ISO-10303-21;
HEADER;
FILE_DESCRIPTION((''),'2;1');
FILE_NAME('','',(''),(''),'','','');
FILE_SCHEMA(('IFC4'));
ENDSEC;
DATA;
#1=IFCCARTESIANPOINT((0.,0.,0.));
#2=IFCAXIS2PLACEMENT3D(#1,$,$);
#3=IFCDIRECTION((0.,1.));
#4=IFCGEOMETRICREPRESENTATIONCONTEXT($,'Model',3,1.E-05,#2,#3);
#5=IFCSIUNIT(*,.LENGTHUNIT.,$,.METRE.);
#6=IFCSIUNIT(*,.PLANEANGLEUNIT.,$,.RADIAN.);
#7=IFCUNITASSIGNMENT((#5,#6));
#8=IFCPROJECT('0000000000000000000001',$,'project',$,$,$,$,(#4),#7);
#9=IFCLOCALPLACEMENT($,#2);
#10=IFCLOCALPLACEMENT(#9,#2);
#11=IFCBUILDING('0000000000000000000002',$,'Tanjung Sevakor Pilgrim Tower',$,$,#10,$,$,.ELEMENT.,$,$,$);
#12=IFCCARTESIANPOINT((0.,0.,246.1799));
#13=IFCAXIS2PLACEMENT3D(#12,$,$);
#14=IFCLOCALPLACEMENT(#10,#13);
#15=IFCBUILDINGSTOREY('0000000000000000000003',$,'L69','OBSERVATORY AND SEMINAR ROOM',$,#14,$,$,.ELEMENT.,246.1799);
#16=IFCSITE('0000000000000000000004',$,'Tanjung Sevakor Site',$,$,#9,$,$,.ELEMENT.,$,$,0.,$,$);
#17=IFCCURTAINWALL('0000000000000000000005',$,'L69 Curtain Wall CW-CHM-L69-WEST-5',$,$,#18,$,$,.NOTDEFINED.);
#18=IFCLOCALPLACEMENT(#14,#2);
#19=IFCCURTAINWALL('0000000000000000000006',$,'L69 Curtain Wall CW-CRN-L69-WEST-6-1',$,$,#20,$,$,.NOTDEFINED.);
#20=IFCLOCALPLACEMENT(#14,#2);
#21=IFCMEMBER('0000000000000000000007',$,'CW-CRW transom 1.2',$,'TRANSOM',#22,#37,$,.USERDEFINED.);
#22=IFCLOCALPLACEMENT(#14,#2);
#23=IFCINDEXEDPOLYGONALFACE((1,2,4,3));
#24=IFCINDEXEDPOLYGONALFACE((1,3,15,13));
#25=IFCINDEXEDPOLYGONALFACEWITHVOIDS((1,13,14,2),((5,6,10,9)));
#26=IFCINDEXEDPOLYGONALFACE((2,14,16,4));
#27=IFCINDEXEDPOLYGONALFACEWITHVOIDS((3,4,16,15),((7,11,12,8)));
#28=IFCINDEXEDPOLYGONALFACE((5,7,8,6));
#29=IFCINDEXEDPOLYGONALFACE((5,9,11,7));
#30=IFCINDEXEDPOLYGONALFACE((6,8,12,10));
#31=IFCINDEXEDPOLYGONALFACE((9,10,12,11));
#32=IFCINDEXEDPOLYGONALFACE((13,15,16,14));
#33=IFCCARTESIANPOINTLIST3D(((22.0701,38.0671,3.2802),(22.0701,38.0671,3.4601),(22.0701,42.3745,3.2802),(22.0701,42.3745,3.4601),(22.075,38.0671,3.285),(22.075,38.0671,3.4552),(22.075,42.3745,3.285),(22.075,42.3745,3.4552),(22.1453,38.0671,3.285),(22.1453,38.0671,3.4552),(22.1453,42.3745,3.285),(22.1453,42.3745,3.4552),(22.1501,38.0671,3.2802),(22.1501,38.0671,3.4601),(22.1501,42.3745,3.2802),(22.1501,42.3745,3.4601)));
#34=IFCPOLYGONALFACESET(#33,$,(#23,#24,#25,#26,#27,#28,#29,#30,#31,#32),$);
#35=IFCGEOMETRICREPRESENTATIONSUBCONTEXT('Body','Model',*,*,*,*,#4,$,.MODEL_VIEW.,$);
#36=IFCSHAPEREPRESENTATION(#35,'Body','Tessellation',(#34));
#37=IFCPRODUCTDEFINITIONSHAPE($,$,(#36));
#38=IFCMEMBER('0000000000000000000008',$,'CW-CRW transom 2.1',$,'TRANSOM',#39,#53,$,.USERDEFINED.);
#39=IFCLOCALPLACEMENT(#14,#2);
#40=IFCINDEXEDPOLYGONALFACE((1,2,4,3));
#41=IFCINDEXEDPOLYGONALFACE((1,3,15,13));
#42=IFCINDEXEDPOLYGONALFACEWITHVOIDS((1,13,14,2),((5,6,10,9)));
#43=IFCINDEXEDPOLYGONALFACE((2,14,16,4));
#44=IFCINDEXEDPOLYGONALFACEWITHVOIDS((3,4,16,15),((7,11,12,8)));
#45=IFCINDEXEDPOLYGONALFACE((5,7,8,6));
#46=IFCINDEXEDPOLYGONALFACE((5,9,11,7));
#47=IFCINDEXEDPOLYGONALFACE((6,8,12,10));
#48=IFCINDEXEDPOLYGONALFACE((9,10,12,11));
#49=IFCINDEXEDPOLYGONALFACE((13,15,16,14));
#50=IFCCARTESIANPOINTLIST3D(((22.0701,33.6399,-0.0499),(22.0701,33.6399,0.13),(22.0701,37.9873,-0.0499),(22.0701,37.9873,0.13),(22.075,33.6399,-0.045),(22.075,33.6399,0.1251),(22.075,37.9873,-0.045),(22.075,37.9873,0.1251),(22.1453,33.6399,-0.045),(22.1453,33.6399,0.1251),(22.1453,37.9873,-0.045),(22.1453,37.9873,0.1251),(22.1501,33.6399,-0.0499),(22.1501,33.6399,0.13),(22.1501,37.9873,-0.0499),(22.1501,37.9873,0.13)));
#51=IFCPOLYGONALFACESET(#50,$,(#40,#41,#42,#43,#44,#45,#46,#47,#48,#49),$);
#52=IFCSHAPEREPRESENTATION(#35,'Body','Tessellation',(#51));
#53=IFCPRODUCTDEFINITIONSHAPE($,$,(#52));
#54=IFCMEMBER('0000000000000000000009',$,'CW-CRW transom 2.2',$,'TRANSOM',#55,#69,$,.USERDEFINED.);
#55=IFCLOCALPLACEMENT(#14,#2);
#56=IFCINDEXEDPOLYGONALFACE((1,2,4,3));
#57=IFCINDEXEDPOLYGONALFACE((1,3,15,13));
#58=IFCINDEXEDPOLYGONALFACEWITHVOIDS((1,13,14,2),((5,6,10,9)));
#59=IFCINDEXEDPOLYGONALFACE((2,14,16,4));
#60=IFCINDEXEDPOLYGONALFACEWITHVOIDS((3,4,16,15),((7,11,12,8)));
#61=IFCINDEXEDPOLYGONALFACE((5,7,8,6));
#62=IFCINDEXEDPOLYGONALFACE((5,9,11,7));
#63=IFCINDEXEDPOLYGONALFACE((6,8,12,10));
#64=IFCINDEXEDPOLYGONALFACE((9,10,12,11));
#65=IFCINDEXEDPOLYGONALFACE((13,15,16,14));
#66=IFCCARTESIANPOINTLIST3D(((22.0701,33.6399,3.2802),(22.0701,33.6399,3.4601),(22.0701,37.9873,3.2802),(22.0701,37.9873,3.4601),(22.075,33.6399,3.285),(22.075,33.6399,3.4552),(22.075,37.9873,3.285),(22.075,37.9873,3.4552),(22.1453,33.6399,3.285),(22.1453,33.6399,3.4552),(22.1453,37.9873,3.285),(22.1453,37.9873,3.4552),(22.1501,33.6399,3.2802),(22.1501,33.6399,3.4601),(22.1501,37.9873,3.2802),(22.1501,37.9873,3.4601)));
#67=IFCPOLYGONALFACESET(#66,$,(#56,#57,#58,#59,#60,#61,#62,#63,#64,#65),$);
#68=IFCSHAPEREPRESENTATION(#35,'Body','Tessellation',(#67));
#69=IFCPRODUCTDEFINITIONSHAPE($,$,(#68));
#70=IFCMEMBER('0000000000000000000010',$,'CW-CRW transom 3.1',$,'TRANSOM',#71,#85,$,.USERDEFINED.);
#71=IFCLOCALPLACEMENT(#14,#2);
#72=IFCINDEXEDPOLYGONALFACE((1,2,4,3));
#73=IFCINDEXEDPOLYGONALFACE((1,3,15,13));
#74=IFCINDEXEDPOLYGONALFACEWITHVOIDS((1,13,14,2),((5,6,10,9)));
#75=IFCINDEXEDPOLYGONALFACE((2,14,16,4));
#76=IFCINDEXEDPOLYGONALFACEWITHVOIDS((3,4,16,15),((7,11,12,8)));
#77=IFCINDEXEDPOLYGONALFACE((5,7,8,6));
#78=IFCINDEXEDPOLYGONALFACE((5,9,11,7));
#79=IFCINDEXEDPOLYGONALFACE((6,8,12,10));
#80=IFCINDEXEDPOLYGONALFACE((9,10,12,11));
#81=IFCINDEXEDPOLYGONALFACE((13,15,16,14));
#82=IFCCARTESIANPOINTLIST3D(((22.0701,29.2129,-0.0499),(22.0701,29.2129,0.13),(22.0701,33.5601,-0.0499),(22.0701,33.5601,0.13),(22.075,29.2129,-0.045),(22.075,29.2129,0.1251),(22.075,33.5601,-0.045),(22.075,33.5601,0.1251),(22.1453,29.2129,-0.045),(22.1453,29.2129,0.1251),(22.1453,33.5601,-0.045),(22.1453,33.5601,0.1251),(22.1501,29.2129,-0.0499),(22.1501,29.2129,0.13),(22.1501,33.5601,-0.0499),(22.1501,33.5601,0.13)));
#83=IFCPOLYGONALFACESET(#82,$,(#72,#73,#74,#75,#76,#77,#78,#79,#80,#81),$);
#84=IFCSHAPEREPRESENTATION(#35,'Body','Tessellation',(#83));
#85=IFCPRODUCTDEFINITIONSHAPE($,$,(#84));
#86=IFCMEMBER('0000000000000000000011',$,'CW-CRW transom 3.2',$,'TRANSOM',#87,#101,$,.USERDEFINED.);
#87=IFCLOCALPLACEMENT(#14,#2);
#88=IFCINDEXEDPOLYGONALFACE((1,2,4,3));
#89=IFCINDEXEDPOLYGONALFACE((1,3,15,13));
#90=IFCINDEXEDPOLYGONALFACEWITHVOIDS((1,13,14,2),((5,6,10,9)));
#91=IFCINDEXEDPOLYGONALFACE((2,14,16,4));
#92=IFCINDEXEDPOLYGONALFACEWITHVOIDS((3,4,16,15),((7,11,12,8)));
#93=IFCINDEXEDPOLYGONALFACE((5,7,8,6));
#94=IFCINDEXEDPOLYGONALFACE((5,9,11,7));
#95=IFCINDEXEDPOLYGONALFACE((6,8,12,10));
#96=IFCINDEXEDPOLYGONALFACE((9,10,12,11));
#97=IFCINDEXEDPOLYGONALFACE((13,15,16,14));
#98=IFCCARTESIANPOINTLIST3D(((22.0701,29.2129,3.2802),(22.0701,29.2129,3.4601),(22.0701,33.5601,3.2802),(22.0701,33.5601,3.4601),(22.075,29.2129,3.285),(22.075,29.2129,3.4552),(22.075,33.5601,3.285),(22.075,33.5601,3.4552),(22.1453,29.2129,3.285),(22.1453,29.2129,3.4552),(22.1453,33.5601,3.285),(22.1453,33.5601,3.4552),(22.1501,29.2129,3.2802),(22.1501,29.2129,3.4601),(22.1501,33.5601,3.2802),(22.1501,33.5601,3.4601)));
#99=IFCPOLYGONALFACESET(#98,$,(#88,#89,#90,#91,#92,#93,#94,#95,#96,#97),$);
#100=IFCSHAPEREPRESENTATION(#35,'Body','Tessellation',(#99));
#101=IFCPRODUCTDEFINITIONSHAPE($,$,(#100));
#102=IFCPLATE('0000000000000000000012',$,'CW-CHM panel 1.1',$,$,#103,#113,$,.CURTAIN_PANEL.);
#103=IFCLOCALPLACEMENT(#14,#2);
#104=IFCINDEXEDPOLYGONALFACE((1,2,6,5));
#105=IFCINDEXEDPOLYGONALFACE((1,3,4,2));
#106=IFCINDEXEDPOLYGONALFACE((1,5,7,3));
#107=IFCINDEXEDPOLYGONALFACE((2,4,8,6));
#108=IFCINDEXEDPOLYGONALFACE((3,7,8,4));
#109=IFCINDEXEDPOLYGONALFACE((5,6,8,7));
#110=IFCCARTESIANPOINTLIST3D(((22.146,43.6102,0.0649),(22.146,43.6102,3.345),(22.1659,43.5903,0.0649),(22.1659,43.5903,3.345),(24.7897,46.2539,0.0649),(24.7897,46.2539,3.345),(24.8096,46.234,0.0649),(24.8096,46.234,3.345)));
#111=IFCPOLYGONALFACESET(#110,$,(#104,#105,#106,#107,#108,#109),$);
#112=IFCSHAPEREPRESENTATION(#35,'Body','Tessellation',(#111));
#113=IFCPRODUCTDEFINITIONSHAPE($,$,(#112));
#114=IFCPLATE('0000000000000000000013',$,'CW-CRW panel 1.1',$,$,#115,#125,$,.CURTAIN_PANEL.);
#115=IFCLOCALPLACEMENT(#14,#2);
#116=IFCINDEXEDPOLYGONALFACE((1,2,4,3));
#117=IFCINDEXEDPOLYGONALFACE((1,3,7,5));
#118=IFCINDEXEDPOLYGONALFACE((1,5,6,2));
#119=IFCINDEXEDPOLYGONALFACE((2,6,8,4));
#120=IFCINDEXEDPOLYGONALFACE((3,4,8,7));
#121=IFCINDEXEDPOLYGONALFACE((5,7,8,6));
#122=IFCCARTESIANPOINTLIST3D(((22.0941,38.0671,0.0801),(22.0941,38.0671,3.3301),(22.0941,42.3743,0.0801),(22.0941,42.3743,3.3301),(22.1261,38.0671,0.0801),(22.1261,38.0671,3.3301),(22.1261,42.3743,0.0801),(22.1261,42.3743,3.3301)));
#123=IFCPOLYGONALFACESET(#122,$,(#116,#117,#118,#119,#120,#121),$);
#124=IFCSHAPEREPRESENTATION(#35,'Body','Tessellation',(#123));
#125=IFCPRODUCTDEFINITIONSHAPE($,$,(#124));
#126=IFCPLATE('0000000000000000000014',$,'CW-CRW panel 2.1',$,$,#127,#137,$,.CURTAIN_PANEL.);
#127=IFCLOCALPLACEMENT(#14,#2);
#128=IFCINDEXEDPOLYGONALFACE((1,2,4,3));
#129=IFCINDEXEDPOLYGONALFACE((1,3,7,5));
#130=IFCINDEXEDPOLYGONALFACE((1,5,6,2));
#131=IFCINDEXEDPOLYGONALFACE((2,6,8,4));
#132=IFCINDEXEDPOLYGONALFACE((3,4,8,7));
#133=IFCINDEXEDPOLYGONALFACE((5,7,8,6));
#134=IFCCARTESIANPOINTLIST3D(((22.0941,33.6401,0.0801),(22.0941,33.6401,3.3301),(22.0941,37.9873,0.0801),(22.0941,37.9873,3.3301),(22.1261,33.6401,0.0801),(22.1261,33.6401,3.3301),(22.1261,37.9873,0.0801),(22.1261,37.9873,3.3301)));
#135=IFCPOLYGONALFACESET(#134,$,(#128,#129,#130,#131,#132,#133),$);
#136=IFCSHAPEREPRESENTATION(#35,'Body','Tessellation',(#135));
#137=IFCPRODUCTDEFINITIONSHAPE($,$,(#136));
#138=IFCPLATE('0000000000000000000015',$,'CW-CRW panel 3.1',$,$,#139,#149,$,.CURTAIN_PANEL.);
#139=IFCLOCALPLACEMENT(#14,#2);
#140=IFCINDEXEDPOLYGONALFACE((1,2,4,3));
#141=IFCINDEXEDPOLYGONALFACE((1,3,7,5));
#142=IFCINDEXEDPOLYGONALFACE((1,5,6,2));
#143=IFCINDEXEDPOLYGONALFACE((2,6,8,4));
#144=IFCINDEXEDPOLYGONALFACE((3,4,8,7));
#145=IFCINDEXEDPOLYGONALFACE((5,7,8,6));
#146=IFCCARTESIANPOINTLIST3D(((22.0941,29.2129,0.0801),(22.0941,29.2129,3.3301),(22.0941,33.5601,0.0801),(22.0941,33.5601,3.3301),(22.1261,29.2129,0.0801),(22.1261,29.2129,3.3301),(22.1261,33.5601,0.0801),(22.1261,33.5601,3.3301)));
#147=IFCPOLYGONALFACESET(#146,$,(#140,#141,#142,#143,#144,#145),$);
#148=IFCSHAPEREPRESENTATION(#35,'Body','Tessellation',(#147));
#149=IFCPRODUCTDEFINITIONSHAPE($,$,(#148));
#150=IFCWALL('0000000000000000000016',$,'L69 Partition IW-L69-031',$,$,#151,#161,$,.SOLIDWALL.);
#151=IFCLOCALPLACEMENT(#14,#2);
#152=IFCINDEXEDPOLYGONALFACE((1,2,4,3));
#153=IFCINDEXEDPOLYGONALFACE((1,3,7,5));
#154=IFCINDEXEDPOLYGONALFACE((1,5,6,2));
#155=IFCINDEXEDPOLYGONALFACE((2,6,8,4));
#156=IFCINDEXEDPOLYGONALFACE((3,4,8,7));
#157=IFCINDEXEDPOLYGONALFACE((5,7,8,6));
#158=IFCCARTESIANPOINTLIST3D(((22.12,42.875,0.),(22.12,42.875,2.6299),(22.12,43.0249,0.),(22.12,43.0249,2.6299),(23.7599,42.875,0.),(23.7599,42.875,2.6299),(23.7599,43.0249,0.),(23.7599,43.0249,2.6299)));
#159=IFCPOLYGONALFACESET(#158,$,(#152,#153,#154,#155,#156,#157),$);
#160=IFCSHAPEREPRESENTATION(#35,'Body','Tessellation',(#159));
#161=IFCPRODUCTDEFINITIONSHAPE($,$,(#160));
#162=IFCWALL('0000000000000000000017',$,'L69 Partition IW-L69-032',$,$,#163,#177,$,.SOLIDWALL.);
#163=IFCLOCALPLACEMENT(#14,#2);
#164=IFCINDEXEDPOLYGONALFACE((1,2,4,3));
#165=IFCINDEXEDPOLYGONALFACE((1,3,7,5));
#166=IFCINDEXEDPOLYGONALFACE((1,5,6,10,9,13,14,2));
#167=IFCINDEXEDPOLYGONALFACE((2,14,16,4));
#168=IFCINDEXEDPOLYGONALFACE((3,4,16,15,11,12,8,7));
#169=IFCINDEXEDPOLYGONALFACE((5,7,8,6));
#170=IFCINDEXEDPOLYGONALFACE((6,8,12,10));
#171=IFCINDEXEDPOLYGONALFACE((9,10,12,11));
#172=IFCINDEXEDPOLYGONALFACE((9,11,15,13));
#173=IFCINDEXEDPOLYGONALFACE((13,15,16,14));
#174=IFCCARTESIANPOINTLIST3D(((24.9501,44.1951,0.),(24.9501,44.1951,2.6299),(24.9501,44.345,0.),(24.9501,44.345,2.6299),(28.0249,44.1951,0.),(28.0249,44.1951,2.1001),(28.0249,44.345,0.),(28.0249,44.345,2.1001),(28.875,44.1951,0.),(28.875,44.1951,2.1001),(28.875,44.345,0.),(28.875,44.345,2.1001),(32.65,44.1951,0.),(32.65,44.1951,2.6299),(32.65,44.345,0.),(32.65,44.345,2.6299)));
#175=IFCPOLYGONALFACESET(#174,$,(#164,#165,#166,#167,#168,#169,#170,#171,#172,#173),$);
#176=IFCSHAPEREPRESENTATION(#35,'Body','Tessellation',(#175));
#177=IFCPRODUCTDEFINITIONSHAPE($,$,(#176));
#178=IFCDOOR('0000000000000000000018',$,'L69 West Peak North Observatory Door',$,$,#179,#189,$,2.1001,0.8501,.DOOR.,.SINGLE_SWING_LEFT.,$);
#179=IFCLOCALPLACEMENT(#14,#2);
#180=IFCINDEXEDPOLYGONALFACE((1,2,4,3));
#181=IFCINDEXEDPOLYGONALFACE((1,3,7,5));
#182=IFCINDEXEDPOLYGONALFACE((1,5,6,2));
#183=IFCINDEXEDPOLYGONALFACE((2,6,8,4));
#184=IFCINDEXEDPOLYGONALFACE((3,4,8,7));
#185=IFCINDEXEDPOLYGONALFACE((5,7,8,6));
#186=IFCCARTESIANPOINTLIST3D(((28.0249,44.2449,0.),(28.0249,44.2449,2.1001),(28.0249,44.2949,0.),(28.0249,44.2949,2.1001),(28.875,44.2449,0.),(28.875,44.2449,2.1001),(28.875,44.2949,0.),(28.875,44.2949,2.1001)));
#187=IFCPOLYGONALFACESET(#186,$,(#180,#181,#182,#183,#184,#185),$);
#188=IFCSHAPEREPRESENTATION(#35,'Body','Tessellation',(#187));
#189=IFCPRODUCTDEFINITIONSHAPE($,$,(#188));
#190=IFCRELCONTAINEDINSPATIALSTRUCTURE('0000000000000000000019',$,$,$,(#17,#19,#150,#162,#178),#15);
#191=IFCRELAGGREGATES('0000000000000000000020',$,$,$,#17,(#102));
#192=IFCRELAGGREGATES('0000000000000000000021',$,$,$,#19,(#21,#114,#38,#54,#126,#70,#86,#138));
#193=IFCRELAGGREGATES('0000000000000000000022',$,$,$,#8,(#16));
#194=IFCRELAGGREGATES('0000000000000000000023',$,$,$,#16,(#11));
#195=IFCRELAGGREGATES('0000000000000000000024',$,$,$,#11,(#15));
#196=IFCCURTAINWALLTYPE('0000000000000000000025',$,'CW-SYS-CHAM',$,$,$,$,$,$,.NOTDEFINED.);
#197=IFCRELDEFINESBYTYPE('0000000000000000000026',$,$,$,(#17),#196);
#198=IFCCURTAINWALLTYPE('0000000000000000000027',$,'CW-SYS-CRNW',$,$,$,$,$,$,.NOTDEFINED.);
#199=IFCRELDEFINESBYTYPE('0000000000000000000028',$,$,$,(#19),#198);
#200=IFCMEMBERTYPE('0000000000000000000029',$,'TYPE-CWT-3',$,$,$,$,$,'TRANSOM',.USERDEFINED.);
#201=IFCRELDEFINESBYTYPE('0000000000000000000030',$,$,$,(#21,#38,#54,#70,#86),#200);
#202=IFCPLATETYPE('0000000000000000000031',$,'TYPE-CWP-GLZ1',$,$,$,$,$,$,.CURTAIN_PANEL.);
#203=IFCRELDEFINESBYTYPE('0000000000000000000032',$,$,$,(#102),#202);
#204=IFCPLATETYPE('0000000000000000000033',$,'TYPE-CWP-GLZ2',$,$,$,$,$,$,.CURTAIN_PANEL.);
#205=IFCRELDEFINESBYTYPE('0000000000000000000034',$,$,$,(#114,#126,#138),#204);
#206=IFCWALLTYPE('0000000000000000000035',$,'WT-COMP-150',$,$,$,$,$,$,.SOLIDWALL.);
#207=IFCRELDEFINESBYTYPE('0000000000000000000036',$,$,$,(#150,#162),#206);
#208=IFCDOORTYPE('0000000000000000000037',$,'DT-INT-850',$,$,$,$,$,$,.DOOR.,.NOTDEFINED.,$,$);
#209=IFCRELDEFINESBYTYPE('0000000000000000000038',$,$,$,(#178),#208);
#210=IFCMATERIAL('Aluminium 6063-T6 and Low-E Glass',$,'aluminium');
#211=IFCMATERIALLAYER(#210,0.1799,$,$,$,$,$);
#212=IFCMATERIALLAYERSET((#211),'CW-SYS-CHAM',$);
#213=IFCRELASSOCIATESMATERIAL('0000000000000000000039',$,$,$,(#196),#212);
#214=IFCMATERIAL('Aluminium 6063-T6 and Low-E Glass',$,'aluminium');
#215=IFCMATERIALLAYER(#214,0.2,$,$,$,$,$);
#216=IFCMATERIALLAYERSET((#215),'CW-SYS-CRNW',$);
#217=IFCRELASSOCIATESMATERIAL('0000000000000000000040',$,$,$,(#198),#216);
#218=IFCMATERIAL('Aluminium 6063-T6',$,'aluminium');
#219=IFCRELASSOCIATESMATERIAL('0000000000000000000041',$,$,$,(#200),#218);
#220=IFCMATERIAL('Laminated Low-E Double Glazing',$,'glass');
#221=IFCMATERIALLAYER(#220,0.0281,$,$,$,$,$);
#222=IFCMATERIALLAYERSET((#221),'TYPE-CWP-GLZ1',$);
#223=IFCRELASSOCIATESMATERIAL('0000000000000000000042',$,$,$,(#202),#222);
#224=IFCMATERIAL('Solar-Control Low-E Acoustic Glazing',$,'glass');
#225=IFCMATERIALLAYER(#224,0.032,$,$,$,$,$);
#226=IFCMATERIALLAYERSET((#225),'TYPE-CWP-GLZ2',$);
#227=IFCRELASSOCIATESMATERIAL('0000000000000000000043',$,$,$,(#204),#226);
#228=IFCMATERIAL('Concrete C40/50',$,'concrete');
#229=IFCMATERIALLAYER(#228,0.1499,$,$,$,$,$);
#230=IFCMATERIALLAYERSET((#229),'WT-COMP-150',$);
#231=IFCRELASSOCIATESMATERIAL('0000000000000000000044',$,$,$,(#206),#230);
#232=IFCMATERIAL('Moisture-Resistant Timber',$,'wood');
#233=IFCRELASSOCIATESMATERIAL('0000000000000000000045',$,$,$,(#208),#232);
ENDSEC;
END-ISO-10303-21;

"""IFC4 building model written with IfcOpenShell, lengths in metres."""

from ifc_helpers import new_model, si_unit, direction, frame, frame_2d, origin, origin_2d, place, context, subcontext, project, spatial, rectangle, hollow_rectangle, extrude, material, layer, layer_set, material_profile, profile_set, type_object, element, fill, aggregate, save


model = new_model("IFC4")

# Units and contexts
model_context = context("Model", 3, precision=1e-05, world=origin(), true_north=direction((0.0, 1.0)))
body_context = subcontext(model_context, "Body", "Model", "MODEL_VIEW")
ifc_project = project(units=[si_unit("LENGTHUNIT", "METRE"), si_unit("PLANEANGLEUNIT", "RADIAN")], contexts=[model_context])

# Site, building, storey
site_placement = place(None, origin())
site = spatial("IfcSite", under=ifc_project, at=site_placement, Name="Tanjung Sevakor Site", CompositionType="ELEMENT", RefElevation=0.0)
building_placement = place(site_placement, origin())
building = spatial("IfcBuilding", under=site, at=building_placement, Name="Tanjung Sevakor Pilgrim Tower", CompositionType="ELEMENT")
storey_placement = place(building_placement, frame((0.0, 0.0, 246.1799)))
storey = spatial("IfcBuildingStorey", under=building, at=storey_placement, Name="L69", Description="OBSERVATORY AND SEMINAR ROOM", CompositionType="ELEMENT", Elevation=246.1799)

# Curtain wall
ifc_material_1 = material(Name="Aluminium 6063-T6 and Low-E Glass", Category="aluminium")
ifc_layer_1 = layer(ifc_material_1, 0.1799)
ifc_layer_set_1 = layer_set([ifc_layer_1], Name="CW-SYS-CHAM")
curtain_wall_type_1 = type_object("IfcCurtainWallType", Name="CW-SYS-CHAM", PredefinedType="NOTDEFINED", material=ifc_layer_set_1)
curtain_wall_1_placement = place(storey_placement, origin())
curtain_wall_1 = element("IfcCurtainWall", 1, at=curtain_wall_1_placement, inside=storey, type_object=curtain_wall_type_1, Name="L69 Curtain Wall CW-CHM-L69-WEST-5", PredefinedType="NOTDEFINED")

# Shared definitions
ifc_material_2 = material(Name="Aluminium 6063-T6 and Low-E Glass", Category="aluminium")
ifc_layer_2 = layer(ifc_material_2, 0.2)
ifc_layer_set_2 = layer_set([ifc_layer_2], Name="CW-SYS-CRNW")
curtain_wall_type_2 = type_object("IfcCurtainWallType", Name="CW-SYS-CRNW", PredefinedType="NOTDEFINED", material=ifc_layer_set_2)

# Curtain wall
curtain_wall_2_placement = place(storey_placement, origin())
curtain_wall_2 = element("IfcCurtainWall", 2, at=curtain_wall_2_placement, inside=storey, type_object=curtain_wall_type_2, Name="L69 Curtain Wall CW-CRN-L69-WEST-6-1", PredefinedType="NOTDEFINED")

# Members
ifc_material_3 = material(Name="Aluminium 6063-T6", Category="aluminium")
ifc_material_profile_1 = material_profile(ifc_material_3, hollow_rectangle(XDim=0.0801, YDim=0.1799, WallThickness=0.0049, at=origin_2d()))
ifc_profile_set_1 = profile_set([ifc_material_profile_1], Name="Aluminium 6063-T6")
member_type_1 = type_object("IfcMemberType", Name="TYPE-CWT-3", ElementType="TRANSOM", PredefinedType="USERDEFINED", material=ifc_profile_set_1)
member_1_placement = place(storey_placement, frame((22.1101, 42.3745, 3.3701), z_axis=(0.0, -1.0, 0.0), x_axis=(1.0, 0.0, 0.0)))
member_1 = element("IfcMember", 3, at=member_1_placement, type_object=member_type_1, Name="CW-CRW transom 1.2", ObjectType="TRANSOM", PredefinedType="USERDEFINED", context=body_context, shape_type="SweptSolid", body=[
    extrude(hollow_rectangle(XDim=0.0801, YDim=0.1799, WallThickness=0.0049, at=origin_2d()), origin(), (0.0, 0.0, 1.0), 4.3074),
])
member_2_placement = place(storey_placement, frame((22.1101, 37.9873, 0.04), z_axis=(0.0, -1.0, 0.0), x_axis=(1.0, 0.0, 0.0)))
member_2 = element("IfcMember", 4, at=member_2_placement, type_object=member_type_1, Name="CW-CRW transom 2.1", ObjectType="TRANSOM", PredefinedType="USERDEFINED", context=body_context, shape_type="SweptSolid", body=[
    extrude(hollow_rectangle(XDim=0.0801, YDim=0.1799, WallThickness=0.0049, at=origin_2d()), origin(), (0.0, 0.0, 1.0), 4.3474),
])
member_3_placement = place(storey_placement, frame((22.1101, 37.9873, 3.3701), z_axis=(0.0, -1.0, 0.0), x_axis=(1.0, 0.0, 0.0)))
member_3 = element("IfcMember", 5, at=member_3_placement, type_object=member_type_1, Name="CW-CRW transom 2.2", ObjectType="TRANSOM", PredefinedType="USERDEFINED", context=body_context, shape_type="SweptSolid", body=[
    extrude(hollow_rectangle(XDim=0.0801, YDim=0.1799, WallThickness=0.0049, at=origin_2d()), origin(), (0.0, 0.0, 1.0), 4.3474),
])
member_4_placement = place(storey_placement, frame((22.1101, 33.5601, 0.04), z_axis=(0.0, -1.0, 0.0), x_axis=(1.0, 0.0, 0.0)))
member_4 = element("IfcMember", 6, at=member_4_placement, type_object=member_type_1, Name="CW-CRW transom 3.1", ObjectType="TRANSOM", PredefinedType="USERDEFINED", context=body_context, shape_type="SweptSolid", body=[
    extrude(hollow_rectangle(XDim=0.0801, YDim=0.1799, WallThickness=0.0049, at=origin_2d()), origin(), (0.0, 0.0, 1.0), 4.3472),
])
member_5_placement = place(storey_placement, frame((22.1101, 33.5601, 3.3701), z_axis=(0.0, -1.0, 0.0), x_axis=(1.0, 0.0, 0.0)))
member_5 = element("IfcMember", 7, at=member_5_placement, type_object=member_type_1, Name="CW-CRW transom 3.2", ObjectType="TRANSOM", PredefinedType="USERDEFINED", context=body_context, shape_type="SweptSolid", body=[
    extrude(hollow_rectangle(XDim=0.0801, YDim=0.1799, WallThickness=0.0049, at=origin_2d()), origin(), (0.0, 0.0, 1.0), 4.3472),
])

# Plates
ifc_material_4 = material(Name="Laminated Low-E Double Glazing", Category="glass")
ifc_layer_3 = layer(ifc_material_4, 0.0281)
ifc_layer_set_3 = layer_set([ifc_layer_3], Name="TYPE-CWP-GLZ1")
plate_type_1 = type_object("IfcPlateType", Name="TYPE-CWP-GLZ1", PredefinedType="CURTAIN_PANEL", material=ifc_layer_set_3)
plate_1_placement = place(storey_placement, frame((23.4778, 44.9221, 0.0649), z_axis=(0.0, 0.0, 1.0), x_axis=(-0.707107, -0.707107, 0.0)))
plate_1 = element("IfcPlate", 8, at=plate_1_placement, type_object=plate_type_1, Name="CW-CHM panel 1.1", PredefinedType="CURTAIN_PANEL", context=body_context, shape_type="SweptSolid", body=[
    extrude(rectangle(XDim=3.7388, YDim=0.0281, at=origin_2d()), origin(), (0.0, 0.0, 1.0), 3.28),
])
aggregate(curtain_wall_1, [plate_1])
ifc_material_5 = material(Name="Solar-Control Low-E Acoustic Glazing", Category="glass")
ifc_layer_4 = layer(ifc_material_5, 0.032)
ifc_layer_set_4 = layer_set([ifc_layer_4], Name="TYPE-CWP-GLZ2")
plate_type_2 = type_object("IfcPlateType", Name="TYPE-CWP-GLZ2", PredefinedType="CURTAIN_PANEL", material=ifc_layer_set_4)
plate_2_placement = place(storey_placement, frame((22.1101, 40.2207, 0.0801), z_axis=(0.0, 0.0, 1.0), x_axis=(0.0, -1.0, 0.0)))
plate_2 = element("IfcPlate", 9, at=plate_2_placement, type_object=plate_type_2, Name="CW-CRW panel 1.1", PredefinedType="CURTAIN_PANEL", context=body_context, shape_type="SweptSolid", body=[
    extrude(rectangle(XDim=4.3071, YDim=0.032, at=origin_2d()), origin(), (0.0, 0.0, 1.0), 3.25),
])
plate_3_placement = place(storey_placement, frame((22.1101, 35.8137, 0.0801), z_axis=(0.0, 0.0, 1.0), x_axis=(0.0, -1.0, 0.0)))
plate_3 = element("IfcPlate", 10, at=plate_3_placement, type_object=plate_type_2, Name="CW-CRW panel 2.1", PredefinedType="CURTAIN_PANEL", context=body_context, shape_type="SweptSolid", body=[
    extrude(rectangle(XDim=4.3472, YDim=0.032, at=origin_2d()), origin(), (0.0, 0.0, 1.0), 3.25),
])
plate_4_placement = place(storey_placement, frame((22.1101, 31.3865, 0.0801), z_axis=(0.0, 0.0, 1.0), x_axis=(0.0, -1.0, 0.0)))
plate_4 = element("IfcPlate", 11, at=plate_4_placement, type_object=plate_type_2, Name="CW-CRW panel 3.1", PredefinedType="CURTAIN_PANEL", context=body_context, shape_type="SweptSolid", body=[
    extrude(rectangle(XDim=4.3472, YDim=0.032, at=origin_2d()), origin(), (0.0, 0.0, 1.0), 3.25),
])
aggregate(curtain_wall_2, [member_1, plate_2, member_2, member_3, plate_3, member_4, member_5, plate_4])

# Wall
ifc_material_6 = material(Name="Concrete C40/50", Category="concrete")
ifc_layer_5 = layer(ifc_material_6, 0.1499)
ifc_layer_set_5 = layer_set([ifc_layer_5], Name="WT-COMP-150")
wall_type_1 = type_object("IfcWallType", Name="WT-COMP-150", PredefinedType="SOLIDWALL", material=ifc_layer_set_5)
wall_1_placement = place(storey_placement, frame((22.1201, 42.95, 0.0), z_axis=(0.0, 0.0, 1.0), x_axis=(1.0, 0.0, 0.0)))
element("IfcWall", 12, at=wall_1_placement, inside=storey, type_object=wall_type_1, Name="L69 Partition IW-L69-031", PredefinedType="SOLIDWALL", context=body_context, shape_type="SweptSolid", body=[
    extrude(rectangle(XDim=1.6399, YDim=0.1499, at=frame_2d((0.8198, 0.0))), origin(), (0.0, 0.0, 1.0), 2.6299),
])

# Wall, opening, door
wall_2_placement = place(storey_placement, frame((24.95, 44.27, 0.0), z_axis=(0.0, 0.0, 1.0), x_axis=(1.0, 0.0, 0.0)))
wall_2 = element("IfcWall", 13, at=wall_2_placement, inside=storey, type_object=wall_type_1, Name="L69 Partition IW-L69-032", PredefinedType="SOLIDWALL", context=body_context, shape_type="SweptSolid", body=[
    extrude(rectangle(XDim=7.7, YDim=0.1499, at=frame_2d((3.8501, 0.0))), origin(), (0.0, 0.0, 1.0), 2.6299),
])
opening_placement = place(wall_2_placement, frame((3.075, 0.0, 0.0)))
opening = element("IfcOpeningElement", 14, at=opening_placement, cuts=wall_2, PredefinedType="OPENING", context=body_context, shape_type="SweptSolid", body=[
    extrude(rectangle(XDim=0.8501, YDim=2.1001, at=frame_2d((0.425, 1.05))), frame((0.0, 0.085, 0.0), z_axis=(0.0, -1.0, 0.0), x_axis=(1.0, 0.0, 0.0)), (0.0, 0.0, 1.0), 0.1699),
])
ifc_material_7 = material(Name="Moisture-Resistant Timber", Category="wood")
door_type = type_object("IfcDoorType", Name="DT-INT-850", OperationType="NOTDEFINED", PredefinedType="DOOR", material=ifc_material_7)
door_placement = place(opening_placement, origin())
door = element("IfcDoor", 15, at=door_placement, inside=storey, type_object=door_type, Name="L69 West Peak North Observatory Door", OperationType="SINGLE_SWING_LEFT", OverallHeight=2.1001, OverallWidth=0.8501, PredefinedType="DOOR", context=body_context, shape_type="SweptSolid", body=[
    extrude(rectangle(XDim=0.8501, YDim=2.1001, at=frame_2d((0.425, 1.05))), frame((0.0, 0.0249, 0.0), z_axis=(0.0, -1.0, 0.0), x_axis=(1.0, 0.0, 0.0)), (0.0, 0.0, 1.0), 0.05),
])
fill(opening, door)

save(model, "model.ifc")
